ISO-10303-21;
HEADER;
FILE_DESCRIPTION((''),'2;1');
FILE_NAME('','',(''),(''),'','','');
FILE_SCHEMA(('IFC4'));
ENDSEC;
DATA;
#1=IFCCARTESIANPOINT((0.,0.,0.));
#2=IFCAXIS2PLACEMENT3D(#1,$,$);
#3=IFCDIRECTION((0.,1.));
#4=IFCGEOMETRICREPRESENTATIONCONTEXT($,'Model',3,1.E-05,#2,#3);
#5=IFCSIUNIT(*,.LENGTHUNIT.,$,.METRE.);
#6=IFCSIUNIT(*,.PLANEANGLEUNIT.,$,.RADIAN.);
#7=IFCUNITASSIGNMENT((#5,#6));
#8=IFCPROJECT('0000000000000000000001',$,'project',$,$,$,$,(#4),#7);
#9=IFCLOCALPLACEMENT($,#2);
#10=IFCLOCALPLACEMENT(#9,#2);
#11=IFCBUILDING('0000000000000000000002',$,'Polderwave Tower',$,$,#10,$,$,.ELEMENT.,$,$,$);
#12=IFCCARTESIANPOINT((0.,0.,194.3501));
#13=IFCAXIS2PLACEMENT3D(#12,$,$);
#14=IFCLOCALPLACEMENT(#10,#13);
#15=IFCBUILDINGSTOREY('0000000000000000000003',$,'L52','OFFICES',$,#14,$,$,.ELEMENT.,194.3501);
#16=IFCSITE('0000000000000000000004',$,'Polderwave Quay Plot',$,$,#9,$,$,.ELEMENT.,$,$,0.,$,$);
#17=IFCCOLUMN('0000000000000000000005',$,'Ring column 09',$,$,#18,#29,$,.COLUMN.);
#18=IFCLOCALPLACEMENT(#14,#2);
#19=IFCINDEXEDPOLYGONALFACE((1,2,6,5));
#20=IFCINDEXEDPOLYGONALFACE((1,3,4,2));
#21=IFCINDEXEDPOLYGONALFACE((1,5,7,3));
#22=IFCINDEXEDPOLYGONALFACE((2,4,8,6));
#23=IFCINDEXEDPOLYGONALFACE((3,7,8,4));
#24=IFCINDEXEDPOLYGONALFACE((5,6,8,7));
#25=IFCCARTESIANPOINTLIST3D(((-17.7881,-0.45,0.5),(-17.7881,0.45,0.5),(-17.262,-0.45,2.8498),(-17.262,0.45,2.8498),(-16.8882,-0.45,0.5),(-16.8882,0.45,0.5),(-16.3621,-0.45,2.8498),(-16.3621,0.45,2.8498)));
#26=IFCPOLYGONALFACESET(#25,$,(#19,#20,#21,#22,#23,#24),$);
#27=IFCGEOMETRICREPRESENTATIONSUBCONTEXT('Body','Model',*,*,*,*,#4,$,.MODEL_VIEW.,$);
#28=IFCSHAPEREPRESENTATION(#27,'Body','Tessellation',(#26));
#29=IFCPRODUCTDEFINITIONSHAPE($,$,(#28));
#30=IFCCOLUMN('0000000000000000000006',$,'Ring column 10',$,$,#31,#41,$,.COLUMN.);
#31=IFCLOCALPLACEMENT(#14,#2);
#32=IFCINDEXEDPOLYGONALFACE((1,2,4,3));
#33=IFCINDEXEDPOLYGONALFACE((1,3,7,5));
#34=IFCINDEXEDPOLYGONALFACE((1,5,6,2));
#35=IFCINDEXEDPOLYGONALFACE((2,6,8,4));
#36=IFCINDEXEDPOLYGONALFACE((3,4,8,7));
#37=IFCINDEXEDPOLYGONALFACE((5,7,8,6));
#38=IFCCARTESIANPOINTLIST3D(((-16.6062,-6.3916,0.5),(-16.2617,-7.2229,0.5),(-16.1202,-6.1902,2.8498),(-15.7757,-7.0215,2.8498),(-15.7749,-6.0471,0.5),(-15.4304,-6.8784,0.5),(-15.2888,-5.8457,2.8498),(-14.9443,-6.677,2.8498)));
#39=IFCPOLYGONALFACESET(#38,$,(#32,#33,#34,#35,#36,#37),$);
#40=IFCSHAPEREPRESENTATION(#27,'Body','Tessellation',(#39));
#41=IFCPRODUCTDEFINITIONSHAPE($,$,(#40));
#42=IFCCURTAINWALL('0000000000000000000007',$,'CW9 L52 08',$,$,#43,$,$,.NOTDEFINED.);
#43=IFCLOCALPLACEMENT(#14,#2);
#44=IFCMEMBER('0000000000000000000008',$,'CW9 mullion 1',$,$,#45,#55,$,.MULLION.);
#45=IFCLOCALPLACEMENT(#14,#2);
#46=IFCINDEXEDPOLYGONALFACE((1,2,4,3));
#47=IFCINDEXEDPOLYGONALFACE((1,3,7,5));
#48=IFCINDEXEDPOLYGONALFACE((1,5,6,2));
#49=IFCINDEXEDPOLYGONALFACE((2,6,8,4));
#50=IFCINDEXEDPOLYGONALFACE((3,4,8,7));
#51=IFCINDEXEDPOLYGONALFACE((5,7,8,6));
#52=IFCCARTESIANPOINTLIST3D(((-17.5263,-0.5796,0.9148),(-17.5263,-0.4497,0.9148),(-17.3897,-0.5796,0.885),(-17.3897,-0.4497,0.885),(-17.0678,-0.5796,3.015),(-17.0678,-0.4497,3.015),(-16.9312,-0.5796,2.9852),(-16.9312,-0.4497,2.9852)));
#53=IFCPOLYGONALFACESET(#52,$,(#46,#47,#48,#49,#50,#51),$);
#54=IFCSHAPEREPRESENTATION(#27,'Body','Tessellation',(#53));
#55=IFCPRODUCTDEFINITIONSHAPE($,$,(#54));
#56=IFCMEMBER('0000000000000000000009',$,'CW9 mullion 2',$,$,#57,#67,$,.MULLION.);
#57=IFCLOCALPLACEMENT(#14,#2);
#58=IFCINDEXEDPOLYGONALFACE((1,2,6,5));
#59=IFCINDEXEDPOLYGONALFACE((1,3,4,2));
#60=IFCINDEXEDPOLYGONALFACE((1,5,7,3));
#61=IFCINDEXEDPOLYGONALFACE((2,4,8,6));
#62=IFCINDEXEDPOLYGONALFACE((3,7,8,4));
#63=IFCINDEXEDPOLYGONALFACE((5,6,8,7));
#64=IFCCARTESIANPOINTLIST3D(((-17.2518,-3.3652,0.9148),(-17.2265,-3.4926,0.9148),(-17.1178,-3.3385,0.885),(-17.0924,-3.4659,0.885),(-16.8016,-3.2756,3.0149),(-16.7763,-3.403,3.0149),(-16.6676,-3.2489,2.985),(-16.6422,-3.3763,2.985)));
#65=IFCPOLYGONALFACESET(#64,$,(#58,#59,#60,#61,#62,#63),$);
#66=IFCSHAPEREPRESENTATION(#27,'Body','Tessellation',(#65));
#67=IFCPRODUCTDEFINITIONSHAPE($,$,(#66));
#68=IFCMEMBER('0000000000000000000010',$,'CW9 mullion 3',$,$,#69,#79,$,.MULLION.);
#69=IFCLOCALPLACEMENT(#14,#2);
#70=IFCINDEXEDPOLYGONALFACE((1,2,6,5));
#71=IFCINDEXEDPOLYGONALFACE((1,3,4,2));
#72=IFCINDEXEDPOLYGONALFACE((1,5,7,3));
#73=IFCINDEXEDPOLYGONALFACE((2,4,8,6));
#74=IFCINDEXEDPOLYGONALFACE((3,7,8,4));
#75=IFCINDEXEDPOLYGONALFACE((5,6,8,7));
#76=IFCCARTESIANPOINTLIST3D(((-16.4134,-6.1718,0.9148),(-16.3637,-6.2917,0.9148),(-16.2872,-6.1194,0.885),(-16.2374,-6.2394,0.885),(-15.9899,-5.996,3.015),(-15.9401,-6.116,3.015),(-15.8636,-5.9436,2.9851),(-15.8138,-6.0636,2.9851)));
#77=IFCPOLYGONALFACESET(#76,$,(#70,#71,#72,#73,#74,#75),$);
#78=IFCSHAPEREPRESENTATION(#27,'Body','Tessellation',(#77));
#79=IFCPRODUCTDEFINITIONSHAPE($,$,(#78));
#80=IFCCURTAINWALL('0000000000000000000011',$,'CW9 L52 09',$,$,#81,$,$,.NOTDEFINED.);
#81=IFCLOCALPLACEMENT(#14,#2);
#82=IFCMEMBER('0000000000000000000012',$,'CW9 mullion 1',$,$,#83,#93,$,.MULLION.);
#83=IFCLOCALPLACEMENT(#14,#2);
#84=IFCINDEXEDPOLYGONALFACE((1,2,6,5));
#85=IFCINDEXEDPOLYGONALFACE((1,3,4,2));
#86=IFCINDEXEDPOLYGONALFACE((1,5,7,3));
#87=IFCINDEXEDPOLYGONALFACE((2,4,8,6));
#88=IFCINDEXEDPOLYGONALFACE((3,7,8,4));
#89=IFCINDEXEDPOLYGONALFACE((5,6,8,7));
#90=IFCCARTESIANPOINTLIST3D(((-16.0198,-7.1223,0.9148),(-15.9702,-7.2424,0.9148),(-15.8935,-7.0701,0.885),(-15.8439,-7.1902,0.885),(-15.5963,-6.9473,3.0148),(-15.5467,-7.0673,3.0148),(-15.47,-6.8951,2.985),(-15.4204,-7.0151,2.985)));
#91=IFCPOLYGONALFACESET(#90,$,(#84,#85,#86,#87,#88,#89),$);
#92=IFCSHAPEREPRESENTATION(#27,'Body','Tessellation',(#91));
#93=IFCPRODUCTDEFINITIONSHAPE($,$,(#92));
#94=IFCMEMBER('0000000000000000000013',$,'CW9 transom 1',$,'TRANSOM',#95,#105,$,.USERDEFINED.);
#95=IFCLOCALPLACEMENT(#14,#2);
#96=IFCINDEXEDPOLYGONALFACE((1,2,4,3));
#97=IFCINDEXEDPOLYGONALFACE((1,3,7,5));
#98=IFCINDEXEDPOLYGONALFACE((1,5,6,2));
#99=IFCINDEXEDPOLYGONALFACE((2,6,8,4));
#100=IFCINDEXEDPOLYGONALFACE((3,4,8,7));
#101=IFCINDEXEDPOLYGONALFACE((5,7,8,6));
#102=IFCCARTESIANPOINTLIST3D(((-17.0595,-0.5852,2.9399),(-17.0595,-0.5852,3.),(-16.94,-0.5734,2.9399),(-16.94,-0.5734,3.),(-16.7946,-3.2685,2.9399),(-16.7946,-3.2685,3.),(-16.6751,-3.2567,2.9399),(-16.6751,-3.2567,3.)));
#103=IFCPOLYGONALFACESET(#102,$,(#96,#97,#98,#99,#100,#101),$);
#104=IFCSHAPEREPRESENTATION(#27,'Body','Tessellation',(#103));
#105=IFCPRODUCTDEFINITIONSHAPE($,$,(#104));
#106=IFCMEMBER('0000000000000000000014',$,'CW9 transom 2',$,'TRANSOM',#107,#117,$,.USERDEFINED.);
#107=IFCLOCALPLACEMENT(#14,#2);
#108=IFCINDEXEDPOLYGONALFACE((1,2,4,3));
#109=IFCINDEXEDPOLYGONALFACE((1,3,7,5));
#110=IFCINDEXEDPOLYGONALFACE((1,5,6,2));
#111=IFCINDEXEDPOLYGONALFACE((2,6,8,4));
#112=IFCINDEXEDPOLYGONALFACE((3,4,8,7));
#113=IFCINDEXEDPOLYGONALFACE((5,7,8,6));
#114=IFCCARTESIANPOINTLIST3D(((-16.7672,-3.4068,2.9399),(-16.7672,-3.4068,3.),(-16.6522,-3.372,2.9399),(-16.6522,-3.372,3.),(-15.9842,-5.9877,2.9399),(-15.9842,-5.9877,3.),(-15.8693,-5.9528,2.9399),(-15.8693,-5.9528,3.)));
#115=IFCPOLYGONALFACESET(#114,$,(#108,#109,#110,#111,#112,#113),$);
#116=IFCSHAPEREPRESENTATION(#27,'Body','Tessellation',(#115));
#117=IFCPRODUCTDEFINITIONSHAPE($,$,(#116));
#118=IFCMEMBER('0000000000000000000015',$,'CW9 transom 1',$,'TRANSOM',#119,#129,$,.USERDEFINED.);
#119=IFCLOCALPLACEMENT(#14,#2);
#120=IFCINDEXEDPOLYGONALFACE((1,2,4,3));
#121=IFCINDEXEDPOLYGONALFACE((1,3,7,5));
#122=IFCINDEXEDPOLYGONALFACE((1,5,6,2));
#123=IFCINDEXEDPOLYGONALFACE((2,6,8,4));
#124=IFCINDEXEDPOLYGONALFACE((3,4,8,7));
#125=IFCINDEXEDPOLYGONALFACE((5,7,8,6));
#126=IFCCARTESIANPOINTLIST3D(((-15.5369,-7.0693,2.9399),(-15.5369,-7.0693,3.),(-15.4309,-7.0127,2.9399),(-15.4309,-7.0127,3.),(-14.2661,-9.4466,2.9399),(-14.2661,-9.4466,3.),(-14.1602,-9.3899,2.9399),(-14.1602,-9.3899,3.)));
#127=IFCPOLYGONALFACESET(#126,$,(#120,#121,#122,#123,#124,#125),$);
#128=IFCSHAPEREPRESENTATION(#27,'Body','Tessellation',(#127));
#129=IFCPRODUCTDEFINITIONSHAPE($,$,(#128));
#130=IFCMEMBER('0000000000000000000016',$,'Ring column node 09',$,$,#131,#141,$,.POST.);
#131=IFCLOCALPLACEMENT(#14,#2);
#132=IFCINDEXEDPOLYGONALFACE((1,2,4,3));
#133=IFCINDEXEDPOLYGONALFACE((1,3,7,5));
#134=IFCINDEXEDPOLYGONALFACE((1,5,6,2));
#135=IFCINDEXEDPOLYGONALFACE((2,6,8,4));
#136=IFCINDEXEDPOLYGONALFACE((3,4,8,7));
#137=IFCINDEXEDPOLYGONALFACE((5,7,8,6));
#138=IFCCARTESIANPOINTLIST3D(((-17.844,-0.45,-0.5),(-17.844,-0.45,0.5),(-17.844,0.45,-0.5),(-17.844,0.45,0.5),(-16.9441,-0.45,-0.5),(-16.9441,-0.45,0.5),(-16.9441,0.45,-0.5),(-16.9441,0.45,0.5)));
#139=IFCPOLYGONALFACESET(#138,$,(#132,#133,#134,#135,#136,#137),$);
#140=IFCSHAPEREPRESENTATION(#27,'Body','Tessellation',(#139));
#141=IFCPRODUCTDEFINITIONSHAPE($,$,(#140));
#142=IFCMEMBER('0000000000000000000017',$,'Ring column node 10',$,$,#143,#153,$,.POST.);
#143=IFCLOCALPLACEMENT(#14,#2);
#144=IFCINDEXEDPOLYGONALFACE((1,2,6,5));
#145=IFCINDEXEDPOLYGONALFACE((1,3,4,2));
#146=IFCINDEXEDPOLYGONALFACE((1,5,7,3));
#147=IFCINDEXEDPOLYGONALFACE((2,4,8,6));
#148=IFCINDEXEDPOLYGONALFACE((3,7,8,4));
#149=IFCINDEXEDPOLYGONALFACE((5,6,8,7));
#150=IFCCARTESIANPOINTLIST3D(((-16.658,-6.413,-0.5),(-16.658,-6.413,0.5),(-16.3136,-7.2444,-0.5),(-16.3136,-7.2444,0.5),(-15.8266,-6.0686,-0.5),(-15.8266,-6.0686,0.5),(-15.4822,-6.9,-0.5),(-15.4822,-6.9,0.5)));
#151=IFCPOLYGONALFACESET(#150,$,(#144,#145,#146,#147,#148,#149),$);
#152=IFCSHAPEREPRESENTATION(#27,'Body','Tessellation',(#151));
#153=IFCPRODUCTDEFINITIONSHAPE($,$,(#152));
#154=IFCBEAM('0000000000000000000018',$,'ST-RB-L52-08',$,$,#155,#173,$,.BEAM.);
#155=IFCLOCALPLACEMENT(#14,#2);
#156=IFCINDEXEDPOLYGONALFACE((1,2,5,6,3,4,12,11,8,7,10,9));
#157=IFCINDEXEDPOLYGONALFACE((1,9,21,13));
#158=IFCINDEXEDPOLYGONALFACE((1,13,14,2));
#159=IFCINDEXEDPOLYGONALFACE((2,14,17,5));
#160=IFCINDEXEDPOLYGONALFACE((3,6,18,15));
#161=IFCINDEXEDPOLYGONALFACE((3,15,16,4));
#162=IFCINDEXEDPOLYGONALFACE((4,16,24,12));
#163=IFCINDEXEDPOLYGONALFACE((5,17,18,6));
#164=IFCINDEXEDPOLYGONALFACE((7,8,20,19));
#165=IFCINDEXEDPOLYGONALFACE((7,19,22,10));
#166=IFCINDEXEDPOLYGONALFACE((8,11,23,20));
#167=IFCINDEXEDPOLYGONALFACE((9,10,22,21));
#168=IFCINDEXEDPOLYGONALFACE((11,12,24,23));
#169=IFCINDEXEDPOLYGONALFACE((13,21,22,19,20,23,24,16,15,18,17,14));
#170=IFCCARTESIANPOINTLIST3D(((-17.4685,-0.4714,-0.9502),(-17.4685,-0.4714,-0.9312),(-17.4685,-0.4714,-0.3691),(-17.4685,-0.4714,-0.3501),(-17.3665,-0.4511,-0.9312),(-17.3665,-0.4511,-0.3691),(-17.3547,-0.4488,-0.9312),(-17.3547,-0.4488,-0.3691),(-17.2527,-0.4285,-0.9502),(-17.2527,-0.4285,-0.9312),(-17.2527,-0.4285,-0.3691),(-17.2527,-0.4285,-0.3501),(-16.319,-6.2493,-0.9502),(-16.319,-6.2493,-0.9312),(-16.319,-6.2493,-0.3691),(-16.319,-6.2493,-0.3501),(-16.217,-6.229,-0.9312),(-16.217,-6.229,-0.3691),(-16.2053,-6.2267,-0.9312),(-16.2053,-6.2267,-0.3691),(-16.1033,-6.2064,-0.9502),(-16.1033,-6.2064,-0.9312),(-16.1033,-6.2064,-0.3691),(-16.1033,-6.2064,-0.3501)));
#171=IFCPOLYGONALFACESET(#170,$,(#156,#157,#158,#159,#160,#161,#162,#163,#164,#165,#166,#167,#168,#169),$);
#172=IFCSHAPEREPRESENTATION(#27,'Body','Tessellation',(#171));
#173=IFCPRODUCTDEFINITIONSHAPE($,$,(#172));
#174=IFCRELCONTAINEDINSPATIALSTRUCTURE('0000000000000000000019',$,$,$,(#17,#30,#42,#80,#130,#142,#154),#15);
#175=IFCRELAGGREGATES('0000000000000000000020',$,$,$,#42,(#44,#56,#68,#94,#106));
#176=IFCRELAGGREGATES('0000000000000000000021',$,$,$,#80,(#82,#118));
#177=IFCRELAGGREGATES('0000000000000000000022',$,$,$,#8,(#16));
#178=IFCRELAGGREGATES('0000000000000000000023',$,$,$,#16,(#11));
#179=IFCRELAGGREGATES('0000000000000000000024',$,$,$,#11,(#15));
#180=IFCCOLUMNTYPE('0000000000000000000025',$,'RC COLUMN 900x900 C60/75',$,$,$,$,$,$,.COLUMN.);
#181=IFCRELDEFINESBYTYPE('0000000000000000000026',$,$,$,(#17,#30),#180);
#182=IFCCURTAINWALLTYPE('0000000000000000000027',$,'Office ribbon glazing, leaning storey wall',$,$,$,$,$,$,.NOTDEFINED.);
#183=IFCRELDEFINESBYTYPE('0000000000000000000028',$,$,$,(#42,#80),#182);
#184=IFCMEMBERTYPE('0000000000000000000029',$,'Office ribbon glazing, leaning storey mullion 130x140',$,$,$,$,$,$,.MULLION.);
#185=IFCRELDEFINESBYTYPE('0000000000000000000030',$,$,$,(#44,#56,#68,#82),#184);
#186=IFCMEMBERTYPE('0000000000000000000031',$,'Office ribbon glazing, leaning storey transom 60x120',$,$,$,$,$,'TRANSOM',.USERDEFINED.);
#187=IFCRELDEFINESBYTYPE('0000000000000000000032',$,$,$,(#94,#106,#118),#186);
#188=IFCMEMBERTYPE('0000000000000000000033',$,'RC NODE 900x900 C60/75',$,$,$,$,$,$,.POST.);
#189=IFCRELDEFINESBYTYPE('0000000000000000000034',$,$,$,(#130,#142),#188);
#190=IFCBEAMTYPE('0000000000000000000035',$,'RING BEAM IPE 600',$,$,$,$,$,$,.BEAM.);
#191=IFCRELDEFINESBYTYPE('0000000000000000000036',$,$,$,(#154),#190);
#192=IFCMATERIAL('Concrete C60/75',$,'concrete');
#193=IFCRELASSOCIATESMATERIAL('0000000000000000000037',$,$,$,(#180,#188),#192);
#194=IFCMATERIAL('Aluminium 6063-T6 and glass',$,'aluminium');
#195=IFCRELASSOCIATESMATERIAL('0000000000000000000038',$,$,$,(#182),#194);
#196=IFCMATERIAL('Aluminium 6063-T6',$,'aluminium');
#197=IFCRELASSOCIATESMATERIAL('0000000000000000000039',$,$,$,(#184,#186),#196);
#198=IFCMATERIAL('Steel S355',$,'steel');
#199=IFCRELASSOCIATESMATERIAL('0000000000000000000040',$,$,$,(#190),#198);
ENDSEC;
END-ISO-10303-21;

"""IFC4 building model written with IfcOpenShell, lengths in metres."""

from ifc_helpers import new_model, si_unit, direction, frame, origin, origin_2d, place, context, subcontext, project, spatial, rectangle, i_section, extrude, material, material_profile, profile_set, type_object, element, aggregate, save


model = new_model("IFC4")

# Units and contexts
model_context = context("Model", 3, precision=1e-05, world=origin(), true_north=direction((0.0, 1.0)))
body_context = subcontext(model_context, "Body", "Model", "MODEL_VIEW")
ifc_project = project(units=[si_unit("LENGTHUNIT", "METRE"), si_unit("PLANEANGLEUNIT", "RADIAN")], contexts=[model_context])

# Site, building, storey
site_placement = place(None, origin())
site = spatial("IfcSite", under=ifc_project, at=site_placement, Name="Polderwave Quay Plot", CompositionType="ELEMENT", RefElevation=0.0)
building_placement = place(site_placement, origin())
building = spatial("IfcBuilding", under=site, at=building_placement, Name="Polderwave Tower", CompositionType="ELEMENT")
storey_placement = place(building_placement, frame((0.0, 0.0, 194.3501)))
storey = spatial("IfcBuildingStorey", under=building, at=storey_placement, Name="L52", Description="OFFICES", CompositionType="ELEMENT", Elevation=194.3501)

# Columns
ifc_material_1 = material(Name="Concrete C60/75", Category="concrete")
ifc_material_profile_1 = material_profile(ifc_material_1, rectangle(XDim=0.8999, YDim=0.8999, at=origin_2d()), Name="RC 900x900")
ifc_profile_set_1 = profile_set([ifc_material_profile_1], Name="Concrete C60/75")
column_type = type_object("IfcColumnType", Name="RC COLUMN 900x900 C60/75", PredefinedType="COLUMN", material=ifc_profile_set_1)
column_1_placement = place(storey_placement, frame((-17.3381, 0.0, 0.5), z_axis=(0.0, 0.0, 1.0), x_axis=(0.0, 1.0, 0.0)))
element("IfcColumn", 1, at=column_1_placement, inside=storey, type_object=column_type, Name="Ring column 09", PredefinedType="COLUMN", context=body_context, shape_type="SweptSolid", body=[
    extrude(rectangle(XDim=0.8999, YDim=0.8999, at=origin_2d()), origin(), (0.0, -0.218487, 0.97584), 2.408),
])
column_2_placement = place(storey_placement, frame((-16.0183, -6.635, 0.5), z_axis=(0.0, 0.0, 1.0), x_axis=(-0.382803, 0.92383, 0.0)))
element("IfcColumn", 2, at=column_2_placement, inside=storey, type_object=column_type, Name="Ring column 10", PredefinedType="COLUMN", context=body_context, shape_type="SweptSolid", body=[
    extrude(rectangle(XDim=0.8999, YDim=0.8999, at=origin_2d()), origin(), (0.0, -0.218502, 0.975836), 2.408),
])

# Curtain wall, members
ifc_material_2 = material(Name="Aluminium 6063-T6 and glass", Category="aluminium")
curtain_wall_type = type_object("IfcCurtainWallType", Name="Office ribbon glazing, leaning storey wall", PredefinedType="NOTDEFINED", material=ifc_material_2)
curtain_wall_1_placement = place(storey_placement, origin())
curtain_wall_1 = element("IfcCurtainWall", 3, at=curtain_wall_1_placement, inside=storey, type_object=curtain_wall_type, Name="CW9 L52 08", PredefinedType="NOTDEFINED")
ifc_material_3 = material(Name="Aluminium 6063-T6", Category="aluminium")
ifc_material_profile_2 = material_profile(ifc_material_3, rectangle(XDim=0.1299, YDim=0.1399, at=origin_2d()), Name="AL 130x140")
ifc_profile_set_2 = profile_set([ifc_material_profile_2], Name="Aluminium 6063-T6")
member_type_1 = type_object("IfcMemberType", Name="Office ribbon glazing, leaning storey mullion 130x140", PredefinedType="MULLION", material=ifc_profile_set_2)
member_1_placement = place(storey_placement, frame((-17.458, -0.5146, 0.8999), z_axis=(0.213297, 0.0, 0.976987), x_axis=(0.0, 1.0, 0.0)))
member_1 = element("IfcMember", 4, at=member_1_placement, type_object=member_type_1, Name="CW9 mullion 1", PredefinedType="MULLION", context=body_context, shape_type="SweptSolid", body=[
    extrude(rectangle(XDim=0.1299, YDim=0.1399, at=origin_2d()), origin(), (0.0, 0.0, 1.0), 2.1497),
])
member_2_placement = place(storey_placement, frame((-17.1721, -3.4155, 0.8999), z_axis=(0.209425, 0.04168, 0.976936), x_axis=(-0.195196, 0.980764, 0.0)))
member_2 = element("IfcMember", 5, at=member_2_placement, type_object=member_type_1, Name="CW9 mullion 2", PredefinedType="MULLION", context=body_context, shape_type="SweptSolid", body=[
    extrude(rectangle(XDim=0.1299, YDim=0.1399, at=origin_2d()), origin(), (0.0, 0.0, 1.0), 2.1497),
])
member_3_placement = place(storey_placement, frame((-16.3254, -6.2056, 0.8999), z_axis=(0.197053, 0.081774, 0.976976), x_axis=(-0.383292, 0.923627, 0.0)))
member_3 = element("IfcMember", 6, at=member_3_placement, type_object=member_type_1, Name="CW9 mullion 3", PredefinedType="MULLION", context=body_context, shape_type="SweptSolid", body=[
    extrude(rectangle(XDim=0.1299, YDim=0.1399, at=origin_2d()), origin(), (0.0, 0.0, 1.0), 2.1497),
])

# Curtain wall, member
curtain_wall_2_placement = place(storey_placement, origin())
curtain_wall_2 = element("IfcCurtainWall", 7, at=curtain_wall_2_placement, inside=storey, type_object=curtain_wall_type, Name="CW9 L52 09", PredefinedType="NOTDEFINED")
member_4_placement = place(storey_placement, frame((-15.9319, -7.1562, 0.8999), z_axis=(0.197059, 0.081436, 0.977004), x_axis=(-0.381928, 0.924192, 0.0)))
member_4 = element("IfcMember", 8, at=member_4_placement, type_object=member_type_1, Name="CW9 mullion 1", PredefinedType="MULLION", context=body_context, shape_type="SweptSolid", body=[
    extrude(rectangle(XDim=0.1299, YDim=0.1399, at=origin_2d()), origin(), (0.0, 0.0, 1.0), 2.1494),
])

# Members
ifc_material_profile_3 = material_profile(ifc_material_3, rectangle(XDim=0.1201, YDim=0.0601, at=origin_2d()), Name="AL 60x120")
ifc_profile_set_3 = profile_set([ifc_material_profile_3], Name="Aluminium 6063-T6")
member_type_2 = type_object("IfcMemberType", Name="Office ribbon glazing, leaning storey transom 60x120", ElementType="TRANSOM", PredefinedType="USERDEFINED", material=ifc_profile_set_3)
member_5_placement = place(storey_placement, frame((-16.9998, -0.5793, 2.97), z_axis=(0.09824, -0.995163, 0.0), x_axis=(0.995163, 0.09824, 0.0)))
member_5 = element("IfcMember", 9, at=member_5_placement, type_object=member_type_2, Name="CW9 transom 1", ObjectType="TRANSOM", PredefinedType="USERDEFINED", context=body_context, shape_type="SweptSolid", body=[
    extrude(rectangle(XDim=0.1201, YDim=0.0601, at=origin_2d()), origin(), (0.0, 0.0, 1.0), 2.6963),
])
member_6_placement = place(storey_placement, frame((-16.7097, -3.3894, 2.97), z_axis=(0.290311, -0.956932, 0.0), x_axis=(0.956932, 0.290311, 0.0)))
member_6 = element("IfcMember", 10, at=member_6_placement, type_object=member_type_2, Name="CW9 transom 2", ObjectType="TRANSOM", PredefinedType="USERDEFINED", context=body_context, shape_type="SweptSolid", body=[
    extrude(rectangle(XDim=0.1201, YDim=0.0601, at=origin_2d()), origin(), (0.0, 0.0, 1.0), 2.697),
])
member_7_placement = place(storey_placement, frame((-15.4839, -7.041, 2.97), z_axis=(0.471429, -0.881904, 0.0), x_axis=(0.881904, 0.471429, 0.0)))
member_7 = element("IfcMember", 11, at=member_7_placement, type_object=member_type_2, Name="CW9 transom 1", ObjectType="TRANSOM", PredefinedType="USERDEFINED", context=body_context, shape_type="SweptSolid", body=[
    extrude(rectangle(XDim=0.1201, YDim=0.0601, at=origin_2d()), origin(), (0.0, 0.0, 1.0), 2.6956),
])

# Members
ifc_material_profile_4 = material_profile(ifc_material_1, rectangle(XDim=0.8999, YDim=0.8999, at=origin_2d()), Name="RC 900x900")
ifc_profile_set_4 = profile_set([ifc_material_profile_4], Name="Concrete C60/75")
member_type_3 = type_object("IfcMemberType", Name="RC NODE 900x900 C60/75", PredefinedType="POST", material=ifc_profile_set_4)
for number, where, z_axis, x_axis, name in (
    (12, (-17.394, 0.0, -0.5), (0.0, 0.0, 1.0), (-1.0, 0.0, 0.0), "Ring column node 09"),
    (13, (-16.0701, -6.6565, -0.5), (0.0, 0.0, 1.0), (-0.92388, -0.382683, 0.0), "Ring column node 10"),
):
    element("IfcMember", number, at=place(storey_placement, frame(where, z_axis=z_axis, x_axis=x_axis)), inside=storey, type_object=member_type_3, Name=name, PredefinedType="POST", context=body_context, shape_type="SweptSolid", body=[
        extrude(rectangle(XDim=0.8999, YDim=0.8999, at=origin_2d()), origin(), (0.0, 0.0, 1.0), 1.0),
    ])

# Beam
ifc_material_4 = material(Name="Steel S355", Category="steel")
ifc_material_profile_5 = material_profile(ifc_material_4, i_section(OverallWidth=0.22, OverallDepth=0.6001, WebThickness=0.012, FlangeThickness=0.019, at=origin_2d()), Name="IPE 600")
ifc_profile_set_5 = profile_set([ifc_material_profile_5], Name="Steel S355")
beam_type = type_object("IfcBeamType", Name="RING BEAM IPE 600", PredefinedType="BEAM", material=ifc_profile_set_5)
beam_1_placement = place(storey_placement, frame((-17.3606, -0.45, -0.6501), z_axis=(0.195112, -0.980781, 0.0), x_axis=(0.980781, 0.195112, 0.0)))
element("IfcBeam", 14, at=beam_1_placement, inside=storey, type_object=beam_type, Name="ST-RB-L52-08", PredefinedType="BEAM", context=body_context, shape_type="SweptSolid", body=[
    extrude(i_section(OverallWidth=0.22, OverallDepth=0.6001, WebThickness=0.012, FlangeThickness=0.019, at=origin_2d()), origin(), (0.0, 0.0, 1.0), 5.8911),
])

aggregate(curtain_wall_1, [member_1, member_2, member_3, member_5, member_6])
aggregate(curtain_wall_2, [member_4, member_7])

save(model, "model.ifc")
